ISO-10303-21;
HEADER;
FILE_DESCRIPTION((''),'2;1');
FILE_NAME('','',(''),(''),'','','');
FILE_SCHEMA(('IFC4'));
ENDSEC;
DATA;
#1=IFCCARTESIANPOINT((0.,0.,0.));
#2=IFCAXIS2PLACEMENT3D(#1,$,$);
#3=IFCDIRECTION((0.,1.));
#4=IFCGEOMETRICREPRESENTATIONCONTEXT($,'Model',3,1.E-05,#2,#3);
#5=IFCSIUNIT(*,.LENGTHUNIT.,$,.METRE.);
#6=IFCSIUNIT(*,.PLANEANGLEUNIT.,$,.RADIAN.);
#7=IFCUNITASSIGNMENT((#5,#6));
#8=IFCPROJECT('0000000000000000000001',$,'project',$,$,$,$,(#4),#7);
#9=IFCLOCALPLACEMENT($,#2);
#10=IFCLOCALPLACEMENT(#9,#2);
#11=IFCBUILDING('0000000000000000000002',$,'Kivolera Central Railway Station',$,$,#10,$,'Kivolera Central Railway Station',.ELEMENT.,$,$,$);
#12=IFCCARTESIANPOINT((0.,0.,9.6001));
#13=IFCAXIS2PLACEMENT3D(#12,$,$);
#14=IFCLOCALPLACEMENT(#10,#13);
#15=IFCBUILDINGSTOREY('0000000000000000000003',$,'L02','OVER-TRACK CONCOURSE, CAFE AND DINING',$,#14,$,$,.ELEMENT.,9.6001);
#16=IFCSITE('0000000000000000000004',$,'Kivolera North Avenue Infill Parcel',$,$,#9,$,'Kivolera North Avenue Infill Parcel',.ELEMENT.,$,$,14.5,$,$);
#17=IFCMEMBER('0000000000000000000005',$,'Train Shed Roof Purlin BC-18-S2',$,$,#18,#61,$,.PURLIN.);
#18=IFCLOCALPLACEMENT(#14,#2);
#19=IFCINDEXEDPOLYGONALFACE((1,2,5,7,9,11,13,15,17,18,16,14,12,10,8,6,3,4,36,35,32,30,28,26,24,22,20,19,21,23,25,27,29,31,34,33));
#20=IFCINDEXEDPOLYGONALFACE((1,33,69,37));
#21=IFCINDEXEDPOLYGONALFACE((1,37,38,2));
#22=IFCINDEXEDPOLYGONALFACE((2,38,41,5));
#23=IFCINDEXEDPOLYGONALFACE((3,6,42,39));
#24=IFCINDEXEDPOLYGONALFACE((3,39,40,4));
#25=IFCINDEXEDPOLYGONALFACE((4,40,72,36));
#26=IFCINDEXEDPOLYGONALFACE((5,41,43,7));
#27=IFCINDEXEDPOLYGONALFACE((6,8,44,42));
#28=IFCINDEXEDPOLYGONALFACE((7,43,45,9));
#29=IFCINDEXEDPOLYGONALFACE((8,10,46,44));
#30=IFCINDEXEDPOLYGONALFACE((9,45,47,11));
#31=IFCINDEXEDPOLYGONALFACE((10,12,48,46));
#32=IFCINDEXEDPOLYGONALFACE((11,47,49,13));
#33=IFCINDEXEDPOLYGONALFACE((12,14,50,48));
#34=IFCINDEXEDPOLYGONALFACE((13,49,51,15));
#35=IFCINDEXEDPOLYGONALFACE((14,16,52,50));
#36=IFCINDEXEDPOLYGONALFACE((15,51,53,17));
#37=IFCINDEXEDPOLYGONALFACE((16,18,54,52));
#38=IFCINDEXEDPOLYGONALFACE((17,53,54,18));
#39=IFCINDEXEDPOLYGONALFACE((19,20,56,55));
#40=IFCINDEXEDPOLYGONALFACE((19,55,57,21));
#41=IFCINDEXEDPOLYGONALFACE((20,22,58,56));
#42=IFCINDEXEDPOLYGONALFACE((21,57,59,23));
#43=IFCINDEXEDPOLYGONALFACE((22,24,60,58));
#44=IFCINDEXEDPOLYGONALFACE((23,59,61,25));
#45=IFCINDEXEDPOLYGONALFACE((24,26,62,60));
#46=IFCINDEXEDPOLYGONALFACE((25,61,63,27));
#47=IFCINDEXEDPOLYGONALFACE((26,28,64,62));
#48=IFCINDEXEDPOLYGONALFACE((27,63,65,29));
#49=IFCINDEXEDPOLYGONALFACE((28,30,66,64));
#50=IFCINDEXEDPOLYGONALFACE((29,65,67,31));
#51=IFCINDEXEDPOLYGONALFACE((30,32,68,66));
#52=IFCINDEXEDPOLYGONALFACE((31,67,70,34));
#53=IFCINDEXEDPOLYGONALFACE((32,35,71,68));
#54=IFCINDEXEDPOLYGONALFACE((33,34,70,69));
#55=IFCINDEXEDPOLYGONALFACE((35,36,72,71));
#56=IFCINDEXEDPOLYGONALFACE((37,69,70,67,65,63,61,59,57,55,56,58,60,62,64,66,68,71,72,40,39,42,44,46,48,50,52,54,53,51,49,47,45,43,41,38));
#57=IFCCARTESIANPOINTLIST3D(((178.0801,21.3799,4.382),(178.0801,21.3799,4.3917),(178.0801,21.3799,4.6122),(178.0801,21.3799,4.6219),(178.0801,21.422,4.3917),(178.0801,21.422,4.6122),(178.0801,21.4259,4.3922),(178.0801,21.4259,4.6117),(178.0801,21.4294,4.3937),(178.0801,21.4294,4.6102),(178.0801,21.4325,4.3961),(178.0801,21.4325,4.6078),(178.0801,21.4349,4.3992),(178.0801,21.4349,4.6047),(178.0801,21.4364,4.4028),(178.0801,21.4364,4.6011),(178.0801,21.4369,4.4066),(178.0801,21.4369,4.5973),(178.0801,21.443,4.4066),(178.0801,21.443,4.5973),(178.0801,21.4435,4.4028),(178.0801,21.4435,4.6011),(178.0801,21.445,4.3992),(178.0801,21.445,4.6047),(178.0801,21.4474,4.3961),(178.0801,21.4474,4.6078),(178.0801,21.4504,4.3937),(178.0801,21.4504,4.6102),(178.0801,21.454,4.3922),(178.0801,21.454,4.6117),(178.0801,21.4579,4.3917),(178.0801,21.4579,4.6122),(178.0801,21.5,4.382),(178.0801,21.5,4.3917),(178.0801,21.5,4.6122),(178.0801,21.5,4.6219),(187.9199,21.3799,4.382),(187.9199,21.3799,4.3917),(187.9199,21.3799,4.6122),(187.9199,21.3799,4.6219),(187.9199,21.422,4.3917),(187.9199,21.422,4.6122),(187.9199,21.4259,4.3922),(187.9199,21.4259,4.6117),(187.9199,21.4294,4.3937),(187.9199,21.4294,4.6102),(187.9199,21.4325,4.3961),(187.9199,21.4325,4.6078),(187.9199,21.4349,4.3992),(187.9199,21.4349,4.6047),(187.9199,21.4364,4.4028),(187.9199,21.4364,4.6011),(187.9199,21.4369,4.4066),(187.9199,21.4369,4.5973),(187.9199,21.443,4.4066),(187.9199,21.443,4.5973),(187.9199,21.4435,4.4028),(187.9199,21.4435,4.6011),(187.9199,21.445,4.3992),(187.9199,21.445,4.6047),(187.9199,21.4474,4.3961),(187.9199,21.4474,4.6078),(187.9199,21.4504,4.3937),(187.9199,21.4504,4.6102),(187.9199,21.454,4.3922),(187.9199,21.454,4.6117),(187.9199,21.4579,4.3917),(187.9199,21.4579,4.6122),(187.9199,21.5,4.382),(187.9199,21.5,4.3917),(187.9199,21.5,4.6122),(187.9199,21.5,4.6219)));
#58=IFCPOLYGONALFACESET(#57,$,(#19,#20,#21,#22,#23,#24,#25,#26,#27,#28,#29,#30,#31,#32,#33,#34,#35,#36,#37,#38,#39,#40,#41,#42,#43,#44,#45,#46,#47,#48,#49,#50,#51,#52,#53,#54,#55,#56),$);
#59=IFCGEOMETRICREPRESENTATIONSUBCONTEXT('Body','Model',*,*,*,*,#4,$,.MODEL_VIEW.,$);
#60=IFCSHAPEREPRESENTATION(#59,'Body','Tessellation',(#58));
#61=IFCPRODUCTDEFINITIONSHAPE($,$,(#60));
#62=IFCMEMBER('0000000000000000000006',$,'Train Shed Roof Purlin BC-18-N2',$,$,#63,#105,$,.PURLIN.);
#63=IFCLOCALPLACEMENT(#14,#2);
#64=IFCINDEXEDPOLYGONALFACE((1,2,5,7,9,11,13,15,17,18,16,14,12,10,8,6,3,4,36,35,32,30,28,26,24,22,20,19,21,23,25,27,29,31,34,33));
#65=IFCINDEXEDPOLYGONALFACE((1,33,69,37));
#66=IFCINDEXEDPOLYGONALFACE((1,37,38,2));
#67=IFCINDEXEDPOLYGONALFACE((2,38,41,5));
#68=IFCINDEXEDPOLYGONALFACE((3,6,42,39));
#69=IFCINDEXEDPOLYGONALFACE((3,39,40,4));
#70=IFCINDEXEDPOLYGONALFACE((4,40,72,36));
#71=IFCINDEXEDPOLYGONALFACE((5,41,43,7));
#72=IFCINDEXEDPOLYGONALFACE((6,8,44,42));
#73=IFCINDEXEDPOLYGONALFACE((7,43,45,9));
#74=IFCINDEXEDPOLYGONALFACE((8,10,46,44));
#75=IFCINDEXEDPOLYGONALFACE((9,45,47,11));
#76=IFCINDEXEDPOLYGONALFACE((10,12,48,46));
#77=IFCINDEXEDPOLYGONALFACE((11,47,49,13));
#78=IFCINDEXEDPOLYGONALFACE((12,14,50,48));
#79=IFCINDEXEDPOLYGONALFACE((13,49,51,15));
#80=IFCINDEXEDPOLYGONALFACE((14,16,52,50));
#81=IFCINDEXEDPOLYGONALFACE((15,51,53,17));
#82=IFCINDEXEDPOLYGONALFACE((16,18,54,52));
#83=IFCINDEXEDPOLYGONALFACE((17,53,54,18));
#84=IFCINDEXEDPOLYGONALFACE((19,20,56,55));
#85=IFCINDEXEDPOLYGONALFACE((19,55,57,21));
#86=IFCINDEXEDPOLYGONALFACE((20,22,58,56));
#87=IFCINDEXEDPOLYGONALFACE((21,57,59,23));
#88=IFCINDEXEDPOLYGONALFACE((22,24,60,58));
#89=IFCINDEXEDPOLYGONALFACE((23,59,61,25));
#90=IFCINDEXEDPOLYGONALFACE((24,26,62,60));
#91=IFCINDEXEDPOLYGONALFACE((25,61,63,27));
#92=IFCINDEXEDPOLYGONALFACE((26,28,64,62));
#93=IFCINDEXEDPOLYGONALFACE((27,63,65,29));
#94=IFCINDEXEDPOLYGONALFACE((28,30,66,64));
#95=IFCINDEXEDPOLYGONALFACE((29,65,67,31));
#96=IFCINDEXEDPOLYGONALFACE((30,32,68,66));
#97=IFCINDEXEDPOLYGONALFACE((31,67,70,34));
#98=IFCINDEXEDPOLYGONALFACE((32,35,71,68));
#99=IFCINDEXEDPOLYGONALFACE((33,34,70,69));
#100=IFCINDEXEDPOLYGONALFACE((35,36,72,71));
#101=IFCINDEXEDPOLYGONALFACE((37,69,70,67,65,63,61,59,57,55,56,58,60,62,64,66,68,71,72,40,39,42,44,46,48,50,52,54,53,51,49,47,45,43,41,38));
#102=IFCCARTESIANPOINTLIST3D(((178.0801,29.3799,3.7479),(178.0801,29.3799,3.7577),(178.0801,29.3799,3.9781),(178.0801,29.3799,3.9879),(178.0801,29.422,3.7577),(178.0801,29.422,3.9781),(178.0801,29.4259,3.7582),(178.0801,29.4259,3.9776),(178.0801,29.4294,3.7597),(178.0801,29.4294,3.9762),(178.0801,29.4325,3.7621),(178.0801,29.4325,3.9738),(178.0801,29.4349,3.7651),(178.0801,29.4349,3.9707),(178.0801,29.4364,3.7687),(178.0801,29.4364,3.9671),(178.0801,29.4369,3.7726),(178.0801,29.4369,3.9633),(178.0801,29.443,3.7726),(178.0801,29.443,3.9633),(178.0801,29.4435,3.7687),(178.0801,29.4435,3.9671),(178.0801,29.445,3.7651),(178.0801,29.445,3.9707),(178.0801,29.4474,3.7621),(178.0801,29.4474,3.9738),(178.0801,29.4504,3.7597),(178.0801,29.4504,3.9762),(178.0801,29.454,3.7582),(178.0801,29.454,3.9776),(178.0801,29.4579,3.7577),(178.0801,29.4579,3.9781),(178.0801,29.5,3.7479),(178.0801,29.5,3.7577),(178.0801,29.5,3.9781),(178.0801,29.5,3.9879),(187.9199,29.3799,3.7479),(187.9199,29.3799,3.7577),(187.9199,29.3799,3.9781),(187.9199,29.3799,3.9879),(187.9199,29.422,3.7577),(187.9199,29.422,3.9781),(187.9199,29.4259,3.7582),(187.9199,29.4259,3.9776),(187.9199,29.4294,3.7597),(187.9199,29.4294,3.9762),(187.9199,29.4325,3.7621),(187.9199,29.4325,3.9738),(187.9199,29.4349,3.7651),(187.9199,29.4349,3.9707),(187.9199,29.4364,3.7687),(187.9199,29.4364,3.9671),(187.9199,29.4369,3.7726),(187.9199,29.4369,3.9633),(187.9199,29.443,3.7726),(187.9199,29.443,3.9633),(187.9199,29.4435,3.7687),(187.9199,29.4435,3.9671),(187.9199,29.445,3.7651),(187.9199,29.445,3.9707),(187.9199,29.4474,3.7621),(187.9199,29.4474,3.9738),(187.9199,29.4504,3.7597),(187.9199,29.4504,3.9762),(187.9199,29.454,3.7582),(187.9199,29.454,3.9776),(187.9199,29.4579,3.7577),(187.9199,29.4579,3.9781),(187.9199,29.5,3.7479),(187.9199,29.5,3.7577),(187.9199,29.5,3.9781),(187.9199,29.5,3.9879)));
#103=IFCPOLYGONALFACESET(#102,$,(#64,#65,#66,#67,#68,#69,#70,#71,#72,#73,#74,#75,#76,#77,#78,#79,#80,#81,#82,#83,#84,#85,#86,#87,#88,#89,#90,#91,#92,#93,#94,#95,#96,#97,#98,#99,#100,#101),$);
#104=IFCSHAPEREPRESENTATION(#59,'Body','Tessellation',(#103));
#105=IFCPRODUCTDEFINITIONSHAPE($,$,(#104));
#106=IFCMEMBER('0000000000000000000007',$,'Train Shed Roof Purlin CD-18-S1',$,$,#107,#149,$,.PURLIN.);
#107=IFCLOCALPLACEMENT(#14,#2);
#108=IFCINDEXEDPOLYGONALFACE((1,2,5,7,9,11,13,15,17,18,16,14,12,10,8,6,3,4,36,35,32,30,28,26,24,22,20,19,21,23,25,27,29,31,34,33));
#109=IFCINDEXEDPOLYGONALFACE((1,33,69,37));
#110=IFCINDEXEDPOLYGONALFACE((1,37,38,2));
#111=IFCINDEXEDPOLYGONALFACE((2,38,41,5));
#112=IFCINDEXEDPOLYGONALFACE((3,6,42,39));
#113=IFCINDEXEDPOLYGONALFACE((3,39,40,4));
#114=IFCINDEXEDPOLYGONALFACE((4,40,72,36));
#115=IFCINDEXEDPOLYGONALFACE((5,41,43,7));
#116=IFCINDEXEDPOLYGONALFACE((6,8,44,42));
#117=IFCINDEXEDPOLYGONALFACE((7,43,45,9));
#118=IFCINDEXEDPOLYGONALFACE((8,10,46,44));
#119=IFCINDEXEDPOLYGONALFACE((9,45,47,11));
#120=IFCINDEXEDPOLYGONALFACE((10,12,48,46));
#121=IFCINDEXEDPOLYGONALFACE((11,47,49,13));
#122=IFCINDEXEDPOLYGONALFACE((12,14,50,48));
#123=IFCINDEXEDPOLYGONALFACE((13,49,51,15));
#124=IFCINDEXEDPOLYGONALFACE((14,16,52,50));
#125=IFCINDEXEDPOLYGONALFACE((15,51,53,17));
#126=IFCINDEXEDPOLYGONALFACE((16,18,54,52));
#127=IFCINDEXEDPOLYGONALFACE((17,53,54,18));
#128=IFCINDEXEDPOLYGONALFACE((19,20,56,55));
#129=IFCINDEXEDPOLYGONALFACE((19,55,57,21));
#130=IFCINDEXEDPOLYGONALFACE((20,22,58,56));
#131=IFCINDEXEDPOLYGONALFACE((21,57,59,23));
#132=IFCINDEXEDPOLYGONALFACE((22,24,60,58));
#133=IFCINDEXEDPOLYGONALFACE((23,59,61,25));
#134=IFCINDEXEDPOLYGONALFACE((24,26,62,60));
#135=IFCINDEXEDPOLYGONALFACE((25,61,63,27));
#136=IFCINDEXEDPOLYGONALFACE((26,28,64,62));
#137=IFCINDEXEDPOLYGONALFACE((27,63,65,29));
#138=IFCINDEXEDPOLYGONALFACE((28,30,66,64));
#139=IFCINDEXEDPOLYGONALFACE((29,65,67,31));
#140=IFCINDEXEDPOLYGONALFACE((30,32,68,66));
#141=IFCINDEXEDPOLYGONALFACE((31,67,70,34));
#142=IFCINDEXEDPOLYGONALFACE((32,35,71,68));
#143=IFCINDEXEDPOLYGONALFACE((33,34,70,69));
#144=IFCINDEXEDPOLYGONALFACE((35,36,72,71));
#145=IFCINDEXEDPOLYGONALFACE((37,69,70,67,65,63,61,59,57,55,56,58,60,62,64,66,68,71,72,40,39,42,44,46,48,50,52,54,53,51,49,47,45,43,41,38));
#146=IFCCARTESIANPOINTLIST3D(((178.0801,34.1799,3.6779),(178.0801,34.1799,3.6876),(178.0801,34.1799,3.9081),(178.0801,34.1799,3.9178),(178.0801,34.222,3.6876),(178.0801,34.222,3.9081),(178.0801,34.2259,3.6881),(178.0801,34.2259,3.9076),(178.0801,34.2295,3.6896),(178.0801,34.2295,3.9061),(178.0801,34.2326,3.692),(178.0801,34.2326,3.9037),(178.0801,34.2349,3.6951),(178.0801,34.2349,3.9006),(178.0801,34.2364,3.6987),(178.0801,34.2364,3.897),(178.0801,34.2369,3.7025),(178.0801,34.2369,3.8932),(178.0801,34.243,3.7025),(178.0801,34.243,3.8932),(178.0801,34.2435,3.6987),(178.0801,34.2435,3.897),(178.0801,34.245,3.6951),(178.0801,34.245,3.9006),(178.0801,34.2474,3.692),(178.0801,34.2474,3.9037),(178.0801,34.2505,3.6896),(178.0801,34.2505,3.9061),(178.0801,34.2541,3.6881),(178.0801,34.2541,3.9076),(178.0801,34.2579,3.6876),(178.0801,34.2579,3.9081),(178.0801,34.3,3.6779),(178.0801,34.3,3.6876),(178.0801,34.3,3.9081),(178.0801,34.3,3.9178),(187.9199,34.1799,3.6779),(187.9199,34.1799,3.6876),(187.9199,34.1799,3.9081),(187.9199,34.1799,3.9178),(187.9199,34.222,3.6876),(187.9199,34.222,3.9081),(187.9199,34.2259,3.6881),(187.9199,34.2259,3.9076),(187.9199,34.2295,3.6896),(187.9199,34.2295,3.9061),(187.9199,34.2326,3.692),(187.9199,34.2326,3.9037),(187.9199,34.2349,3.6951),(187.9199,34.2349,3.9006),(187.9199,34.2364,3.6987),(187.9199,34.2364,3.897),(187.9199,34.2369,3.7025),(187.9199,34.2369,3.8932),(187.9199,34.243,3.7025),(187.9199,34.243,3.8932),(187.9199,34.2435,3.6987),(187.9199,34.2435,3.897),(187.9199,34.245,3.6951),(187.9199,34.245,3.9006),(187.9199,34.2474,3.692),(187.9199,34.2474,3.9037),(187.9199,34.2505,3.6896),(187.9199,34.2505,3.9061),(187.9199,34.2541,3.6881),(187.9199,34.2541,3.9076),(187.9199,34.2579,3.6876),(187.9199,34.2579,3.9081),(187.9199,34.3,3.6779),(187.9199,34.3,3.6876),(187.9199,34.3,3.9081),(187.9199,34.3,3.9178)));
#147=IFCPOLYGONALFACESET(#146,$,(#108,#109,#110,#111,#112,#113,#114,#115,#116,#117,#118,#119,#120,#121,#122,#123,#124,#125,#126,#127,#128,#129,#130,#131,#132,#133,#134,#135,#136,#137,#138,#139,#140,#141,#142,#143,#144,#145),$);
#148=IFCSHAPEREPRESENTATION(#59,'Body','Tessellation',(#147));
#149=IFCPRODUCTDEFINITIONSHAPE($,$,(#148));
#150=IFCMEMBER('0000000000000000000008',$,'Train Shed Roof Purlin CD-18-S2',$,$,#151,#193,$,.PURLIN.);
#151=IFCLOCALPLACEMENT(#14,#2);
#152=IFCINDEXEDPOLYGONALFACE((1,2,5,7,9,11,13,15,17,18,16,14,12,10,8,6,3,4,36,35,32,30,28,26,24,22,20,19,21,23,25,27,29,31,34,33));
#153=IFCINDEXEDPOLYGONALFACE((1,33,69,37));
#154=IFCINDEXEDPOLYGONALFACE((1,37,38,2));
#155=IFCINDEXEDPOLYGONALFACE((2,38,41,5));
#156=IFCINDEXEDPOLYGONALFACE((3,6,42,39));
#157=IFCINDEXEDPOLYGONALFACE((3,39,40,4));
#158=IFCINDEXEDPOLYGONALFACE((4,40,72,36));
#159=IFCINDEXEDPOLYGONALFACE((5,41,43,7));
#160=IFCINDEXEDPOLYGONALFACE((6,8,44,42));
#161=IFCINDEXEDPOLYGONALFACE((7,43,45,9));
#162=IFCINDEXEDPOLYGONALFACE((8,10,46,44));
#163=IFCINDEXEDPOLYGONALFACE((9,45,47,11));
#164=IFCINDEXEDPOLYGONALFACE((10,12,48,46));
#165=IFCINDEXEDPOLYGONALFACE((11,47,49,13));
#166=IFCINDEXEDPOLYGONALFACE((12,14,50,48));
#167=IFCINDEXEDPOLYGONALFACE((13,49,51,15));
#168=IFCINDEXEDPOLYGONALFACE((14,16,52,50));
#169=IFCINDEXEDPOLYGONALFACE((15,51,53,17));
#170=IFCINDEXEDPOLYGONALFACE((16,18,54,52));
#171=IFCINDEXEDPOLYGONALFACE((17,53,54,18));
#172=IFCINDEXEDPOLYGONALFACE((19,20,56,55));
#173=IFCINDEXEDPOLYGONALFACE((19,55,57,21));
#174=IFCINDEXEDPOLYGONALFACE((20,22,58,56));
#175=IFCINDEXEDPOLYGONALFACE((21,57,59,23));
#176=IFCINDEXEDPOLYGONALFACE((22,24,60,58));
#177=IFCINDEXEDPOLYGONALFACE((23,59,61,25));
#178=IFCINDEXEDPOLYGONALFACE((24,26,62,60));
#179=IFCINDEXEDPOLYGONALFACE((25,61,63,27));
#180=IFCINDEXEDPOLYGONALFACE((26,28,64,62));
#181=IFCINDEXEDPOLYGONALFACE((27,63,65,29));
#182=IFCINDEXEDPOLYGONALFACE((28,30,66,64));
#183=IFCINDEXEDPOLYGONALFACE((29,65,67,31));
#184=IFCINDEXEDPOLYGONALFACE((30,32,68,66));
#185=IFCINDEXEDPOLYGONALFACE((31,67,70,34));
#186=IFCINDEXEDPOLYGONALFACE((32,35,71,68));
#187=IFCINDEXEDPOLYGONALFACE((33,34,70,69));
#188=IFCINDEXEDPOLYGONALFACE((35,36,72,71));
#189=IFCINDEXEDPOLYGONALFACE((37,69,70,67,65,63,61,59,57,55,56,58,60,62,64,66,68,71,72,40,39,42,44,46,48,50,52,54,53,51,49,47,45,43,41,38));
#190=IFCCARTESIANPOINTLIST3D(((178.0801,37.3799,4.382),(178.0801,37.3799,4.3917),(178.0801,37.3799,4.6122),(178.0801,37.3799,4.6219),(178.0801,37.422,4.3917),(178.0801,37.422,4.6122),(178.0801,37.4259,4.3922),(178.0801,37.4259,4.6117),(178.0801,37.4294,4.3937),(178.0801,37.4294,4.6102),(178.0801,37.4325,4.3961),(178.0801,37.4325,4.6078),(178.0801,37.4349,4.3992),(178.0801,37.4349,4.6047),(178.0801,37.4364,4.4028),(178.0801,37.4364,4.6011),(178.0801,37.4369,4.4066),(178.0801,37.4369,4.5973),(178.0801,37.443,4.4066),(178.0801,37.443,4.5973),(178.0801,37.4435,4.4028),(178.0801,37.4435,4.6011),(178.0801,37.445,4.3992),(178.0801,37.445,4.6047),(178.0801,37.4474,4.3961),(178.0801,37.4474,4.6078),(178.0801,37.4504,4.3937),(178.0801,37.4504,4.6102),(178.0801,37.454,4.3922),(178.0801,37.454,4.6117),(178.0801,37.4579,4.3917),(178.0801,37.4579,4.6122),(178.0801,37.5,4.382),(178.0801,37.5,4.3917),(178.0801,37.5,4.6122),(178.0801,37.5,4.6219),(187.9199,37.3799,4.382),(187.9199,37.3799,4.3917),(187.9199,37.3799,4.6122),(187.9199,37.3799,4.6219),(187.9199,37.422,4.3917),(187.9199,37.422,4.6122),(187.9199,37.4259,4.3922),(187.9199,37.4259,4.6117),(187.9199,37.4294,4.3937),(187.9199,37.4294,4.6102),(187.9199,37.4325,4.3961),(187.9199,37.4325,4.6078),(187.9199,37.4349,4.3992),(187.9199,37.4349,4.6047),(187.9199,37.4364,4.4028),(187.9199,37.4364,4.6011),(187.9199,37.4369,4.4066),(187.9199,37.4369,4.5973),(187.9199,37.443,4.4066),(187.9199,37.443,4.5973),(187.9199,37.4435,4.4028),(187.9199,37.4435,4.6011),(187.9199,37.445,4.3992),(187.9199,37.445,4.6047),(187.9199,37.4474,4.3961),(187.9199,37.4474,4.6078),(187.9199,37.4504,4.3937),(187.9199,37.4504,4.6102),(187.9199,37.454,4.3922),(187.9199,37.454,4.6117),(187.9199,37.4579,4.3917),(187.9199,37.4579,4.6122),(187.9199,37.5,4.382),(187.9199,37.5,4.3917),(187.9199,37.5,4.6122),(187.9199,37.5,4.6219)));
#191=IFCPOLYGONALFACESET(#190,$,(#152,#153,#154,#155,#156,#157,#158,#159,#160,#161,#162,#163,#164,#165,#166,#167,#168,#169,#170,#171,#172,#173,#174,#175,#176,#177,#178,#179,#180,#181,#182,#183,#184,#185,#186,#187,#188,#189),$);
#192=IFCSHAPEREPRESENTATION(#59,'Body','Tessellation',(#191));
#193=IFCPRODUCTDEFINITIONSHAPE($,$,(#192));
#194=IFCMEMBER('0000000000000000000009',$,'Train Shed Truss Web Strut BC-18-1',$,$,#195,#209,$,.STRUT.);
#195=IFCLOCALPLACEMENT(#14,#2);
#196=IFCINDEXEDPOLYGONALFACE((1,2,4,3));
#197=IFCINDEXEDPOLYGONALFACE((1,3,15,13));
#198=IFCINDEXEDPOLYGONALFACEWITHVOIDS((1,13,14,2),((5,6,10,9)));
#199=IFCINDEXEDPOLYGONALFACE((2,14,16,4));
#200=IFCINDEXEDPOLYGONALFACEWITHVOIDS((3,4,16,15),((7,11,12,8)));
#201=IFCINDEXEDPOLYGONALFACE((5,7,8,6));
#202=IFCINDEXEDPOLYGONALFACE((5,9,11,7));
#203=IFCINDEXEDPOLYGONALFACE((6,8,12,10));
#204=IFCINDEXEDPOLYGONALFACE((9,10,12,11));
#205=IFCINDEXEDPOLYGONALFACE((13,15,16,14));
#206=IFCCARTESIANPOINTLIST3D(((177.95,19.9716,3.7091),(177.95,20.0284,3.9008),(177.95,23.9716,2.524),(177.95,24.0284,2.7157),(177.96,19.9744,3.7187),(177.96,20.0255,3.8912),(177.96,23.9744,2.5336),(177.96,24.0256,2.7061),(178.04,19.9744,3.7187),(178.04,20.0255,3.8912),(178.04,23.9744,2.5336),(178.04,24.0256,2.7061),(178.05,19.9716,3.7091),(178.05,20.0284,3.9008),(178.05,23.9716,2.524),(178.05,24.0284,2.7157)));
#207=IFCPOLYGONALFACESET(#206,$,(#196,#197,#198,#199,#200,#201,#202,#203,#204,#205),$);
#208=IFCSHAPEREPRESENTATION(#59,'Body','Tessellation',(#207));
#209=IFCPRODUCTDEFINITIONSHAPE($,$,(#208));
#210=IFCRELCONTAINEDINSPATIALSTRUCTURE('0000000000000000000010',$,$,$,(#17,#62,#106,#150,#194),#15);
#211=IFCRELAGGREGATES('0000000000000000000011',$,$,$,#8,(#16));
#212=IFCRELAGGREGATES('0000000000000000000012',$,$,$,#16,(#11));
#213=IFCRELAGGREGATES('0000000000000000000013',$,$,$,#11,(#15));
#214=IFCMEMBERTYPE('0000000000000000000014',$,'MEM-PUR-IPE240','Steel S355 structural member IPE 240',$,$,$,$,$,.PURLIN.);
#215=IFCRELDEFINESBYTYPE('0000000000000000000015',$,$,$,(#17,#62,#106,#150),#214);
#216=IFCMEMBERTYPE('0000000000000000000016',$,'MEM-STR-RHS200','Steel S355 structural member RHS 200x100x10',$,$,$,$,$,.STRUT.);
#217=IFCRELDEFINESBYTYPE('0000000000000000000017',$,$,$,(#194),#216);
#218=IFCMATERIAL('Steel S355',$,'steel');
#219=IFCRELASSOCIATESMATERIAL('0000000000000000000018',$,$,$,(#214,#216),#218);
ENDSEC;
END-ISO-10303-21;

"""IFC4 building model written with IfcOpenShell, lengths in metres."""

from ifc_helpers import new_model, si_unit, direction, frame, origin, origin_2d, place, context, subcontext, project, spatial, hollow_rectangle, i_section, extrude, material, material_profile, profile_set, type_object, element, save


model = new_model("IFC4")

# Units and contexts
model_context = context("Model", 3, precision=1e-05, world=origin(), true_north=direction((0.0, 1.0)))
body_context = subcontext(model_context, "Body", "Model", "MODEL_VIEW")
ifc_project = project(units=[si_unit("LENGTHUNIT", "METRE"), si_unit("PLANEANGLEUNIT", "RADIAN")], contexts=[model_context])

# Site, building, storey
site_placement = place(None, origin())
site = spatial("IfcSite", under=ifc_project, at=site_placement, Name="Kivolera North Avenue Infill Parcel", LongName="Kivolera North Avenue Infill Parcel", CompositionType="ELEMENT", RefElevation=14.5)
building_placement = place(site_placement, origin())
building = spatial("IfcBuilding", under=site, at=building_placement, Name="Kivolera Central Railway Station", LongName="Kivolera Central Railway Station", CompositionType="ELEMENT")
storey_placement = place(building_placement, frame((0.0, 0.0, 9.6001)))
storey = spatial("IfcBuildingStorey", under=building, at=storey_placement, Name="L02", Description="OVER-TRACK CONCOURSE, CAFE AND DINING", CompositionType="ELEMENT", Elevation=9.6001)

# Shared definitions
ifc_material_1 = material(Name="Steel S355", Category="steel")

# Members
ifc_material_profile_1 = material_profile(ifc_material_1, i_section(OverallWidth=0.1201, OverallDepth=0.24, WebThickness=0.0061, FlangeThickness=0.0098, FilletRadius=0.0149, at=origin_2d()), Name="IPE 240")
ifc_profile_set_1 = profile_set([ifc_material_profile_1], Name="Steel S355")
member_type_1 = type_object("IfcMemberType", Name="MEM-PUR-IPE240", Description="Steel S355 structural member IPE 240", PredefinedType="PURLIN", material=ifc_profile_set_1)
for number, where, z_axis, x_axis, name in (
    (1, (178.0801, 21.4399, 4.502), (1.0, 0.0, 0.0), (0.0, 1.0, 0.0), "Train Shed Roof Purlin BC-18-S2"),
    (2, (178.0801, 29.4399, 3.8679), (1.0, 0.0, 0.0), (0.0, 1.0, 0.0), "Train Shed Roof Purlin BC-18-N2"),
    (3, (178.0801, 34.24, 3.7979), (1.0, 0.0, 0.0), (0.0, 1.0, 0.0), "Train Shed Roof Purlin CD-18-S1"),
    (4, (178.0801, 37.4399, 4.502), (1.0, 0.0, 0.0), (0.0, 1.0, 0.0), "Train Shed Roof Purlin CD-18-S2"),
):
    element("IfcMember", number, at=place(storey_placement, frame(where, z_axis=z_axis, x_axis=x_axis)), inside=storey, type_object=member_type_1, Name=name, PredefinedType="PURLIN", context=body_context, shape_type="SweptSolid", body=[
        extrude(i_section(OverallWidth=0.1201, OverallDepth=0.24, WebThickness=0.0061, FlangeThickness=0.0098, FilletRadius=0.0149, at=origin_2d()), origin(), (0.0, 0.0, 1.0), 9.8398),
    ])
ifc_material_profile_2 = material_profile(ifc_material_1, hollow_rectangle(XDim=0.1001, YDim=0.2, WallThickness=0.01, at=origin_2d()), Name="RHS 200x100x10")
ifc_profile_set_2 = profile_set([ifc_material_profile_2], Name="Steel S355")
member_type_2 = type_object("IfcMemberType", Name="MEM-STR-RHS200", Description="Steel S355 structural member RHS 200x100x10", PredefinedType="STRUT", material=ifc_profile_set_2)
for number, where, z_axis, x_axis, name in (
    (5, (178.0, 24.0, 2.6199), (0.0, -0.958806, 0.28406), (1.0, 0.0, 0.0), "Train Shed Truss Web Strut BC-18-1"),
):
    element("IfcMember", number, at=place(storey_placement, frame(where, z_axis=z_axis, x_axis=x_axis)), inside=storey, type_object=member_type_2, Name=name, PredefinedType="STRUT", context=body_context, shape_type="SweptSolid", body=[
        extrude(hollow_rectangle(XDim=0.1001, YDim=0.2, WallThickness=0.01, at=origin_2d()), origin(), (0.0, 0.0, 1.0), 4.1719),
    ])

save(model, "model.ifc")
